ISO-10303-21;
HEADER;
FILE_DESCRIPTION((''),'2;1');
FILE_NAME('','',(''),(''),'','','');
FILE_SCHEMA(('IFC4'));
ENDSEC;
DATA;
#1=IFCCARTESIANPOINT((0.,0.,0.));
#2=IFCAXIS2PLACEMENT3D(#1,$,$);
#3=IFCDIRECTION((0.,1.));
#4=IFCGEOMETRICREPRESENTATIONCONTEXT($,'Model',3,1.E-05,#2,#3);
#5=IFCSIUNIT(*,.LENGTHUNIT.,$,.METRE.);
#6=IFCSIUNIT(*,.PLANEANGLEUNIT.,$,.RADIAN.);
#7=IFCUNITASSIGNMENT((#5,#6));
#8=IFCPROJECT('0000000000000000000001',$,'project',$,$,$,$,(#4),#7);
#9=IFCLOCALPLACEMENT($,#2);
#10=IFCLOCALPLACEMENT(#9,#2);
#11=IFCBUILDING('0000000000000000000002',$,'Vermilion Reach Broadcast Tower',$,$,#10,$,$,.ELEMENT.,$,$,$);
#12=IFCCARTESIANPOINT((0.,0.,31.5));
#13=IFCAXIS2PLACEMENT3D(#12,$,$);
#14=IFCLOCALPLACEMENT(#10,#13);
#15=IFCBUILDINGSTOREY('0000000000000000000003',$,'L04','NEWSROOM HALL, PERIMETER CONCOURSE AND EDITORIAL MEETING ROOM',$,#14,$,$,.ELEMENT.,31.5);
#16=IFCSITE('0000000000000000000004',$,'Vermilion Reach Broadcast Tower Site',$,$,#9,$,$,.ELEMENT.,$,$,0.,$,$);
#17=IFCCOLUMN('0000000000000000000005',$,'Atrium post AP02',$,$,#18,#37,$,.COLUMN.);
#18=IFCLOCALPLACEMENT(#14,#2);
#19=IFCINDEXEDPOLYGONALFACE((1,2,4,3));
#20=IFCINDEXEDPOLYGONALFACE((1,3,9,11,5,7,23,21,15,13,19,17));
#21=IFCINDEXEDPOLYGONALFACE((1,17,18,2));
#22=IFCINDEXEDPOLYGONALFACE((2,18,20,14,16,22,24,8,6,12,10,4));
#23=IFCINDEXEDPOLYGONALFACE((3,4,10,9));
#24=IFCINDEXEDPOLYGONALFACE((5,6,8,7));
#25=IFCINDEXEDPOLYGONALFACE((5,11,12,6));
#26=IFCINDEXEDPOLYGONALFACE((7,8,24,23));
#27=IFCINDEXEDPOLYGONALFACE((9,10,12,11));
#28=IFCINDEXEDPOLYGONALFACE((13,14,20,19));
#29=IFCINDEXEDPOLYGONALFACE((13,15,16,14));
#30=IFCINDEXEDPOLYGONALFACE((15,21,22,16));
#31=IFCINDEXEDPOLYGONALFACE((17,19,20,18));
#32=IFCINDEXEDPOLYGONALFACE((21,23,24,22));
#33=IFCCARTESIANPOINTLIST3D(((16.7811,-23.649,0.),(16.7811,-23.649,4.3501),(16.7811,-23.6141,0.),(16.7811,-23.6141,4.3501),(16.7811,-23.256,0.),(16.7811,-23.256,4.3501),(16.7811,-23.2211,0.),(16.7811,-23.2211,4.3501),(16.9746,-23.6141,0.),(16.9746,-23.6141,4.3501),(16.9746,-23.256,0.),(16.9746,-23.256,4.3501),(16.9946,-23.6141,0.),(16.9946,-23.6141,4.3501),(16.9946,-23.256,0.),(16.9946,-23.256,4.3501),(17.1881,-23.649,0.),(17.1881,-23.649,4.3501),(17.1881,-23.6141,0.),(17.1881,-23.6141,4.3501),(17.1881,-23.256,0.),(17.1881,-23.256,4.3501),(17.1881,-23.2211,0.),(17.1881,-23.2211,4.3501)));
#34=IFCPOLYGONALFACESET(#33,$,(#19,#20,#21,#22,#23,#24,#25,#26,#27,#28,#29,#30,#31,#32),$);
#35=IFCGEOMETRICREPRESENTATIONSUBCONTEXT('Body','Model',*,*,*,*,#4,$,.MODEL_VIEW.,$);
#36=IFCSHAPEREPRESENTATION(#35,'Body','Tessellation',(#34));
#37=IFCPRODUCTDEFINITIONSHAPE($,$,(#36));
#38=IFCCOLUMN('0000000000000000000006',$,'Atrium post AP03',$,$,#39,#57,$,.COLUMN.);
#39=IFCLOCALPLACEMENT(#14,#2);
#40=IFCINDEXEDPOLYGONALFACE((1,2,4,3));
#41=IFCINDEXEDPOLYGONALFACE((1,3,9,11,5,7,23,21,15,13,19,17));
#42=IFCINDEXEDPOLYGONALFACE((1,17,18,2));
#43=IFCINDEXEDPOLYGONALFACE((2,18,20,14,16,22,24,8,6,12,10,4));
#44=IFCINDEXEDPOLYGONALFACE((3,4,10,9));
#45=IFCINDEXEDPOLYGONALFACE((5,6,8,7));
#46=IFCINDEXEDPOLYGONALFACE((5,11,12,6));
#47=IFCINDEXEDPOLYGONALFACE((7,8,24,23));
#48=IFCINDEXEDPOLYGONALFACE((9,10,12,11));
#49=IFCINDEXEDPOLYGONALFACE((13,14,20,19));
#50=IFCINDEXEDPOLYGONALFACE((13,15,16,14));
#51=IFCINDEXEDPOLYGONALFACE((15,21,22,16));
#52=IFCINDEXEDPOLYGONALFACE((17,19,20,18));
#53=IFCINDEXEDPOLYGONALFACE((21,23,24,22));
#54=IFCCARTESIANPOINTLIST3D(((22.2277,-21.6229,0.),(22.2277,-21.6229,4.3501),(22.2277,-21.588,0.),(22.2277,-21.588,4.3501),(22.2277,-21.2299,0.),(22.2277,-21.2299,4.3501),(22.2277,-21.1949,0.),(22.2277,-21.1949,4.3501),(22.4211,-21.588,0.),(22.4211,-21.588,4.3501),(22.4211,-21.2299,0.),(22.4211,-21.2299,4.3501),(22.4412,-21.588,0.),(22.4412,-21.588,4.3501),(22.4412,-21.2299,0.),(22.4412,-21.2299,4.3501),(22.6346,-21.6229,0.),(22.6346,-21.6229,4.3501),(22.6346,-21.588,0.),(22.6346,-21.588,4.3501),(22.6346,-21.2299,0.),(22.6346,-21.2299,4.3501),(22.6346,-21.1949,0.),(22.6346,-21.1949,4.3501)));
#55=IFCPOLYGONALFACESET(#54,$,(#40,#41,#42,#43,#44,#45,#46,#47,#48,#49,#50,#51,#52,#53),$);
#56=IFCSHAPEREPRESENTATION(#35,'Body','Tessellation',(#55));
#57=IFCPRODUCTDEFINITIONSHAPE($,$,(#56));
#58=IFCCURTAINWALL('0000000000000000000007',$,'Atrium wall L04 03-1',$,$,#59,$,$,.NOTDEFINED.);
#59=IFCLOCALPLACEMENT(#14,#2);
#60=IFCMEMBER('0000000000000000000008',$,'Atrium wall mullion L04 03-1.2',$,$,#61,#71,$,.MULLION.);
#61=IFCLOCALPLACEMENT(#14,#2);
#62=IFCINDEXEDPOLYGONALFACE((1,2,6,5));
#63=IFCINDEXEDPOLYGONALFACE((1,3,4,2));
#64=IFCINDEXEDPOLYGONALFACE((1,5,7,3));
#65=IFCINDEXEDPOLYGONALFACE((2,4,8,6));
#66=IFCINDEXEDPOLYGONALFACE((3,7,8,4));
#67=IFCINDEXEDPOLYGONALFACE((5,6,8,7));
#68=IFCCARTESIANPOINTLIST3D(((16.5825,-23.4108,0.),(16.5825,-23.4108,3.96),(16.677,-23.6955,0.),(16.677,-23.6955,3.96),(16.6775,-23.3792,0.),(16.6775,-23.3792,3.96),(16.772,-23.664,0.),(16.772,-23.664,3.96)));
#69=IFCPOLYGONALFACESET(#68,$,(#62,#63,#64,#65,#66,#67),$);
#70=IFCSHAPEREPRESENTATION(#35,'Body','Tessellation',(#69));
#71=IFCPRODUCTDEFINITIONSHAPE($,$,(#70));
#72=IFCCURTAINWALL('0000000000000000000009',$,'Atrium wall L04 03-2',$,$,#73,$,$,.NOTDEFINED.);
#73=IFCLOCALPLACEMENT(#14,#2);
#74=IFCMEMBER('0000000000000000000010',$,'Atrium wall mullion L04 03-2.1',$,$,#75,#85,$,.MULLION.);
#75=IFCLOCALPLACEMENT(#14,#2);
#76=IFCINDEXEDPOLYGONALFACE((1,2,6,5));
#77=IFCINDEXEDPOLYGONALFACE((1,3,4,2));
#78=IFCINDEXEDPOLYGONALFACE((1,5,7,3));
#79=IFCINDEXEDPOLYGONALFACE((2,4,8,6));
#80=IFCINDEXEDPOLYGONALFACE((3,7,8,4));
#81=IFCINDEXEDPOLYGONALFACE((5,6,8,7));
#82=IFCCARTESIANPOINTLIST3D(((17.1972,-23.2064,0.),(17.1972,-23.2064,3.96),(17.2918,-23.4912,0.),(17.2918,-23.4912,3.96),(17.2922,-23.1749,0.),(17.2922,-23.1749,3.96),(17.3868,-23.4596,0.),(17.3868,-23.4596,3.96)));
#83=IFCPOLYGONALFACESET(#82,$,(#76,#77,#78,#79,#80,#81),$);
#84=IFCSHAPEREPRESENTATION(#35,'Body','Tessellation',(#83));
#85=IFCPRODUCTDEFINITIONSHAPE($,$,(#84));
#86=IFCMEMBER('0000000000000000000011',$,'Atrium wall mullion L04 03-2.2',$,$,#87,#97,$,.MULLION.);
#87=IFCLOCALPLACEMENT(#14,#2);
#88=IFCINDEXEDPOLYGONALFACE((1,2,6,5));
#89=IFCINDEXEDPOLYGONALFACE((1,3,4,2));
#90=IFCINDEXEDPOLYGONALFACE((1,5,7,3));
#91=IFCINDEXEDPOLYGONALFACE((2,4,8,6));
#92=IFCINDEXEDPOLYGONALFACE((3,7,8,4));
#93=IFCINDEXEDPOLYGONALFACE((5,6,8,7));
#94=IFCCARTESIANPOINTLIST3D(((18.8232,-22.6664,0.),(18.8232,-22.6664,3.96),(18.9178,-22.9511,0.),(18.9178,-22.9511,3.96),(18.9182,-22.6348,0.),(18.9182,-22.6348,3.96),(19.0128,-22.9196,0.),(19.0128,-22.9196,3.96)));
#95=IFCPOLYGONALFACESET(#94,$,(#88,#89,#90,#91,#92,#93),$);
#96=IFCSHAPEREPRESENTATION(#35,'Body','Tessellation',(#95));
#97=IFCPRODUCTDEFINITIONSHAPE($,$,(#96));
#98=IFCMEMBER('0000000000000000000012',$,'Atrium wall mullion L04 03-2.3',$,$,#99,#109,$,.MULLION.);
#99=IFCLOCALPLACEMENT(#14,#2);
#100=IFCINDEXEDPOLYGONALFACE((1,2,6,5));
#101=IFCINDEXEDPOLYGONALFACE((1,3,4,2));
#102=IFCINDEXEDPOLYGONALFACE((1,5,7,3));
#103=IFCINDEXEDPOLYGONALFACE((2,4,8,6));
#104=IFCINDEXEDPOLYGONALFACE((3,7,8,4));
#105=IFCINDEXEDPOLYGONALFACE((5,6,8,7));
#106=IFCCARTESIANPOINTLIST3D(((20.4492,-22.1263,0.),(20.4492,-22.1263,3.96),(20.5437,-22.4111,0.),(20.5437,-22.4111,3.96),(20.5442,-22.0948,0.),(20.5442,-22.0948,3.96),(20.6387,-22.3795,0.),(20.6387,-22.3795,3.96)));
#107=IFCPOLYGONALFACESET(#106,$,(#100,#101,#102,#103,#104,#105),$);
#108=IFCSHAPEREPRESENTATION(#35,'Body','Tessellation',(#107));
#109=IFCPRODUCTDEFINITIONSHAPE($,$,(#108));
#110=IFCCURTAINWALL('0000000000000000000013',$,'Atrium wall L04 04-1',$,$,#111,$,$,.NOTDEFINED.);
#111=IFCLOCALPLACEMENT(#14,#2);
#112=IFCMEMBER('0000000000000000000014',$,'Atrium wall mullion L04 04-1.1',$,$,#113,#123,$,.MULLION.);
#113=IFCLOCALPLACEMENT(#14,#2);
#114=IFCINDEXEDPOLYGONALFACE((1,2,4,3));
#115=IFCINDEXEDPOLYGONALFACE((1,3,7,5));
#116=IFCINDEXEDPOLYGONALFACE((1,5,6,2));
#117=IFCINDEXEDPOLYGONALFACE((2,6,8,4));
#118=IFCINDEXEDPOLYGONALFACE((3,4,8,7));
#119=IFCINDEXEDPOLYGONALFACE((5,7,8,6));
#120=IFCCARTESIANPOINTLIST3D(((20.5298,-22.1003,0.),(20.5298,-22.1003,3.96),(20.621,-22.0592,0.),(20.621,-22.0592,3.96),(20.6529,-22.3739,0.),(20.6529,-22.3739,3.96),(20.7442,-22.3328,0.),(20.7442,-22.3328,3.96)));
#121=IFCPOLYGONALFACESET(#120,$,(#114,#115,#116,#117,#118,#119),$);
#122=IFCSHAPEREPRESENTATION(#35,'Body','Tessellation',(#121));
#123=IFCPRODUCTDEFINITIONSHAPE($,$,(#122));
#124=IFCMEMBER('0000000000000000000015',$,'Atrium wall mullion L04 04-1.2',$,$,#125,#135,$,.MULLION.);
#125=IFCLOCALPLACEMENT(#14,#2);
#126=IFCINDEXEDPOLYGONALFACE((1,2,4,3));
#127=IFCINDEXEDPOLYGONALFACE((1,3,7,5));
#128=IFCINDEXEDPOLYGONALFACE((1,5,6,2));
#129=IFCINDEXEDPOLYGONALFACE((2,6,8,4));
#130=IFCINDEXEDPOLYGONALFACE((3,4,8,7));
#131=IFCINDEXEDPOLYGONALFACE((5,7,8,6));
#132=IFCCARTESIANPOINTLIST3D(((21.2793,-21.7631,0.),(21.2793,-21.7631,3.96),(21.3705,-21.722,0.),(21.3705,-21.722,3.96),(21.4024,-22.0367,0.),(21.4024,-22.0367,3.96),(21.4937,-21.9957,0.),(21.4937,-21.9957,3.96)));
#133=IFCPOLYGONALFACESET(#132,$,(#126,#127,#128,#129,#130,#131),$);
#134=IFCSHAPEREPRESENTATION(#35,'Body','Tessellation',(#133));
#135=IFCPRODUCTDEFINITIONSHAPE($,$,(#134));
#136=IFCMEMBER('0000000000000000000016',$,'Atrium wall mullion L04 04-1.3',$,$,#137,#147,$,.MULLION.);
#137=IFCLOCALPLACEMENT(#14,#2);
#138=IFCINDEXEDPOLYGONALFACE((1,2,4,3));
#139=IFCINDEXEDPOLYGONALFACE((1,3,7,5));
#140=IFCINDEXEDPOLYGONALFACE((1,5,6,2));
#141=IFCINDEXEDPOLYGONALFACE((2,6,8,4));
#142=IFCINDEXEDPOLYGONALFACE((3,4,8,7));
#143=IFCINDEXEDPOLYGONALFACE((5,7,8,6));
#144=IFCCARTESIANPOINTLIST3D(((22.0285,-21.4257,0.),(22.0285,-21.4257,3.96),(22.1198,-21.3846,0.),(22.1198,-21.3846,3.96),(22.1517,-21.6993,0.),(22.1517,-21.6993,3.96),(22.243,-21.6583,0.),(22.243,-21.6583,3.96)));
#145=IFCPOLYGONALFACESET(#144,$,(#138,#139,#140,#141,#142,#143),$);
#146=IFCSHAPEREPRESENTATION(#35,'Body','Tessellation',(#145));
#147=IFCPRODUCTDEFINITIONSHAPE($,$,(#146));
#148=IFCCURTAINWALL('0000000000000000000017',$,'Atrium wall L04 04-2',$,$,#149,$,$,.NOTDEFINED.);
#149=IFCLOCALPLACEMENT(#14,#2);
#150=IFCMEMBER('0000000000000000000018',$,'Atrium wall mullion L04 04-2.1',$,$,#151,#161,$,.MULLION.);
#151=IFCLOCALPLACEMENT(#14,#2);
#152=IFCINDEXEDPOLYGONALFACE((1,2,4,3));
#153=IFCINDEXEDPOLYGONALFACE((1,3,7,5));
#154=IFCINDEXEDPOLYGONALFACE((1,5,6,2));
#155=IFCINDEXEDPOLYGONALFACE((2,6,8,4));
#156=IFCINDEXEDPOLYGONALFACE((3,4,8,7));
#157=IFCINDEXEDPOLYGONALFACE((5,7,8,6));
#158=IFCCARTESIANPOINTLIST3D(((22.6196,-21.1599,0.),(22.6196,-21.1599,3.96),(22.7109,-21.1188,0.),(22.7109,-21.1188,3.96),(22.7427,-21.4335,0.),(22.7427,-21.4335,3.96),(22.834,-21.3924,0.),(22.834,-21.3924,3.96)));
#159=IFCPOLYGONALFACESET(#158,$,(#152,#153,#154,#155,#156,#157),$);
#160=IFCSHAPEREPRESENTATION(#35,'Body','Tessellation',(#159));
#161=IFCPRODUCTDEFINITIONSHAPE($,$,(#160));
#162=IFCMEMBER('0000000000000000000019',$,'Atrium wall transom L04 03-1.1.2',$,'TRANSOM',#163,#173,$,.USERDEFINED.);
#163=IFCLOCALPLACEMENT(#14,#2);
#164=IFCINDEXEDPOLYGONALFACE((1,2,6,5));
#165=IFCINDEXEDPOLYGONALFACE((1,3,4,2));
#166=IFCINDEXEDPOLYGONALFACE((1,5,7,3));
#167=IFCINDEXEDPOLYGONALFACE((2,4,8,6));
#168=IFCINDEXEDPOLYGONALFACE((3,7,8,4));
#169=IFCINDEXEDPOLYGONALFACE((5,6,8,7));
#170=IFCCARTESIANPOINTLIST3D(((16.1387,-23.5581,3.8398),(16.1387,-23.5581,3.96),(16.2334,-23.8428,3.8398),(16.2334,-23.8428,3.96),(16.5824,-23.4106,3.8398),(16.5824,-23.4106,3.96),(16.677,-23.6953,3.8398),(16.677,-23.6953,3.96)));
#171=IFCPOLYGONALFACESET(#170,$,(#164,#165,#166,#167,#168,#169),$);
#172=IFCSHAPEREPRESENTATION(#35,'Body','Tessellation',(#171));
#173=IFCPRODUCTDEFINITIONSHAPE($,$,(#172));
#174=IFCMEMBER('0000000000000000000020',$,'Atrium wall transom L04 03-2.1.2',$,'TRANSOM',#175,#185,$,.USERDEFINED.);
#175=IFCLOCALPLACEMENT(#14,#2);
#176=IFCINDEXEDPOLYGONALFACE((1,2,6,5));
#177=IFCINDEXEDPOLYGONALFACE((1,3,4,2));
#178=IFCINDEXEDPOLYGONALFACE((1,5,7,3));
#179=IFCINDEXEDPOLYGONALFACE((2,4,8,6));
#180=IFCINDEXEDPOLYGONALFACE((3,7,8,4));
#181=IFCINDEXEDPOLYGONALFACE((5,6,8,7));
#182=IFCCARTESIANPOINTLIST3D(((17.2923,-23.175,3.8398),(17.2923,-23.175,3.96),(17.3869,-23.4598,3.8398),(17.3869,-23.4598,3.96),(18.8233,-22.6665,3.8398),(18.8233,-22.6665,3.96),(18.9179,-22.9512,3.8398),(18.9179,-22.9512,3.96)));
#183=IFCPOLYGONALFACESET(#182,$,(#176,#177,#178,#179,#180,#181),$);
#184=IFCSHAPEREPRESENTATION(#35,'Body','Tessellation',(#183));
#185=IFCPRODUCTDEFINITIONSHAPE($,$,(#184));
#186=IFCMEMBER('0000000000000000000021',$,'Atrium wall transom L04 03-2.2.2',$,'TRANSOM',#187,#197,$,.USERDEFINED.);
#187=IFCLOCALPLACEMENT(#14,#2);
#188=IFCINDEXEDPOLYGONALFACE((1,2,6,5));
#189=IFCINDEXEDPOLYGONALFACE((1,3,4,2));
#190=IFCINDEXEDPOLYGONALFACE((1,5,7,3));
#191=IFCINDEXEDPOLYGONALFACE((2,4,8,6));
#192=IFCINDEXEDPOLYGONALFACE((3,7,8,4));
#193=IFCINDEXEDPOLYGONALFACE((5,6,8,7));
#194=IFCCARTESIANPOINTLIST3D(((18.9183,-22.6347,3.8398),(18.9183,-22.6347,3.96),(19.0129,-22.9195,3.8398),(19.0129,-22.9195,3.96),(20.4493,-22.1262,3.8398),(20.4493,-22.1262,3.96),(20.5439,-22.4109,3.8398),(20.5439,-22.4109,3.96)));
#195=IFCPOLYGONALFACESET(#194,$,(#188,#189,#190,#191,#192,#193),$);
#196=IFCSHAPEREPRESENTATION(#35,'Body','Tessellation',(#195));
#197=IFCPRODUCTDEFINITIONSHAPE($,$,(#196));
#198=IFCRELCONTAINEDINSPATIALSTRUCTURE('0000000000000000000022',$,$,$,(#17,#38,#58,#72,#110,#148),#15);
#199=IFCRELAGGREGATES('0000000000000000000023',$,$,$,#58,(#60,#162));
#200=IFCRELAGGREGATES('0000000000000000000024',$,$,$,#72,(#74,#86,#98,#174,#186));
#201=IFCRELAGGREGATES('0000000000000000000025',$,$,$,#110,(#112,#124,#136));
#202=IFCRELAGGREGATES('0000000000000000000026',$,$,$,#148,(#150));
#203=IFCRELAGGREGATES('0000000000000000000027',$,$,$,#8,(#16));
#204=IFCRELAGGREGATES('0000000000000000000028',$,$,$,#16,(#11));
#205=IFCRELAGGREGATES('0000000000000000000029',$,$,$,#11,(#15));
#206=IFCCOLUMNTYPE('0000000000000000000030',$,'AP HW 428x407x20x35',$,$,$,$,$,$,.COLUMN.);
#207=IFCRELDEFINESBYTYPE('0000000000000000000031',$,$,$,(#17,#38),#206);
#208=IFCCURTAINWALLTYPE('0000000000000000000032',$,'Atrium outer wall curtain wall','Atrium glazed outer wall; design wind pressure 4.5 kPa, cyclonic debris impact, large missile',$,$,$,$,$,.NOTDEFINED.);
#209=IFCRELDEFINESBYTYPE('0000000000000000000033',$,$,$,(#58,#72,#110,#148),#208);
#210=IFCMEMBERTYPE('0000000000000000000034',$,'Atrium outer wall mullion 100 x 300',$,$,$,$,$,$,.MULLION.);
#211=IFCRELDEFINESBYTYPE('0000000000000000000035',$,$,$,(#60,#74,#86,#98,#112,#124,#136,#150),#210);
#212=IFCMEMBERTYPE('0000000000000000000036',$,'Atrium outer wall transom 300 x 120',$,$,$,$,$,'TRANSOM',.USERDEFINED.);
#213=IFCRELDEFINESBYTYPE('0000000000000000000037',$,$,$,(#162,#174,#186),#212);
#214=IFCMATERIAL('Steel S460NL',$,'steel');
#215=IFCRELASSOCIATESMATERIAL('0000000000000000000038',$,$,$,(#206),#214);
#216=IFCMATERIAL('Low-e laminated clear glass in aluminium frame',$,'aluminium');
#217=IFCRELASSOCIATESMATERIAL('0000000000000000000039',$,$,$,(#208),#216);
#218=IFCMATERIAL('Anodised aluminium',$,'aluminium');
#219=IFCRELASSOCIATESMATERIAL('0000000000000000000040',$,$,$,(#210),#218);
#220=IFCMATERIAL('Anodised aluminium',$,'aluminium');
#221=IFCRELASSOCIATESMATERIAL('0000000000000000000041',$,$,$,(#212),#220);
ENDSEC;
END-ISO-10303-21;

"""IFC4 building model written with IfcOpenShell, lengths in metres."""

from ifc_helpers import new_model, si_unit, direction, frame, origin, origin_2d, place, context, subcontext, project, spatial, rectangle, i_section, extrude, material, material_profile, profile_set, type_object, element, aggregate, save


model = new_model("IFC4")

# Units and contexts
model_context = context("Model", 3, precision=1e-05, world=origin(), true_north=direction((0.0, 1.0)))
body_context = subcontext(model_context, "Body", "Model", "MODEL_VIEW")
ifc_project = project(units=[si_unit("LENGTHUNIT", "METRE"), si_unit("PLANEANGLEUNIT", "RADIAN")], contexts=[model_context])

# Site, building, storey
site_placement = place(None, origin())
site = spatial("IfcSite", under=ifc_project, at=site_placement, Name="Vermilion Reach Broadcast Tower Site", CompositionType="ELEMENT", RefElevation=0.0)
building_placement = place(site_placement, origin())
building = spatial("IfcBuilding", under=site, at=building_placement, Name="Vermilion Reach Broadcast Tower", CompositionType="ELEMENT")
storey_placement = place(building_placement, frame((0.0, 0.0, 31.5)))
storey = spatial("IfcBuildingStorey", under=building, at=storey_placement, Name="L04", Description="NEWSROOM HALL, PERIMETER CONCOURSE AND EDITORIAL MEETING ROOM", CompositionType="ELEMENT", Elevation=31.5)

# Columns
ifc_material_1 = material(Name="Steel S460NL", Category="steel")
ifc_material_profile_1 = material_profile(ifc_material_1, i_section(OverallWidth=0.407, OverallDepth=0.428, WebThickness=0.02, FlangeThickness=0.0349, at=origin_2d()), Name="S460NL HW 428x407x20x35")
ifc_profile_set_1 = profile_set([ifc_material_profile_1], Name="Steel S460NL")
column_type = type_object("IfcColumnType", Name="AP HW 428x407x20x35", PredefinedType="COLUMN", material=ifc_profile_set_1)
for number, where, z_axis, x_axis, name in (
    (1, (16.9846, -23.4351, 0.0), (0.0, 0.0, 1.0), (1.0, 0.0, 0.0), "Atrium post AP02"),
    (2, (22.4312, -21.4089, 0.0), (0.0, 0.0, 1.0), (1.0, 0.0, 0.0), "Atrium post AP03"),
):
    element("IfcColumn", number, at=place(storey_placement, frame(where, z_axis=z_axis, x_axis=x_axis)), inside=storey, type_object=column_type, Name=name, PredefinedType="COLUMN", context=body_context, shape_type="SweptSolid", body=[
        extrude(i_section(OverallWidth=0.407, OverallDepth=0.428, WebThickness=0.02, FlangeThickness=0.0349, at=origin_2d()), origin(), (0.0, 0.0, 1.0), 4.3501),
    ])

# Curtain wall, member
ifc_material_2 = material(Name="Low-e laminated clear glass in aluminium frame", Category="aluminium")
curtain_wall_type_1 = type_object("IfcCurtainWallType", Name="Atrium outer wall curtain wall", Description="Atrium glazed outer wall; design wind pressure 4.5 kPa, cyclonic debris impact, large missile", PredefinedType="NOTDEFINED", material=ifc_material_2)
placement = place(storey_placement, origin())
curtain_wall_1 = element("IfcCurtainWall", 3, at=placement, inside=storey, type_object=curtain_wall_type_1, Name="Atrium wall L04 03-1", PredefinedType="NOTDEFINED")
ifc_material_3 = material(Name="Anodised aluminium", Category="aluminium")
ifc_material_profile_2 = material_profile(ifc_material_3, rectangle(XDim=0.3, YDim=0.1001, at=origin_2d()), Name="Atrium outer wall mullion 100 x 300")
ifc_profile_set_2 = profile_set([ifc_material_profile_2], Name="Anodised aluminium")
member_type_1 = type_object("IfcMemberType", Name="Atrium outer wall mullion 100 x 300", PredefinedType="MULLION", material=ifc_profile_set_2)
member_1_placement = place(storey_placement, frame((16.6772, -23.5374, 0.0), z_axis=(0.0, 0.0, 1.0), x_axis=(-0.315228, 0.949016, 0.0)))
member_1 = element("IfcMember", 4, at=member_1_placement, type_object=member_type_1, Name="Atrium wall mullion L04 03-1.2", PredefinedType="MULLION", context=body_context, shape_type="SweptSolid", body=[
    extrude(rectangle(XDim=0.3, YDim=0.1001, at=origin_2d()), origin(), (0.0, 0.0, 1.0), 3.96),
])

# Curtain walls, members
curtain_wall_2 = element("IfcCurtainWall", 5, at=placement, inside=storey, type_object=curtain_wall_type_1, Name="Atrium wall L04 03-2", PredefinedType="NOTDEFINED")
member_2_placement = place(storey_placement, frame((17.292, -23.333, 0.0), z_axis=(0.0, 0.0, 1.0), x_axis=(-0.315228, 0.949016, 0.0)))
member_2 = element("IfcMember", 6, at=member_2_placement, type_object=member_type_1, Name="Atrium wall mullion L04 03-2.1", PredefinedType="MULLION", context=body_context, shape_type="SweptSolid", body=[
    extrude(rectangle(XDim=0.3, YDim=0.1001, at=origin_2d()), origin(), (0.0, 0.0, 1.0), 3.96),
])
member_3_placement = place(storey_placement, frame((18.918, -22.793, 0.0), z_axis=(0.0, 0.0, 1.0), x_axis=(-0.315228, 0.949016, 0.0)))
member_3 = element("IfcMember", 7, at=member_3_placement, type_object=member_type_1, Name="Atrium wall mullion L04 03-2.2", PredefinedType="MULLION", context=body_context, shape_type="SweptSolid", body=[
    extrude(rectangle(XDim=0.3, YDim=0.1001, at=origin_2d()), origin(), (0.0, 0.0, 1.0), 3.96),
])
member_4_placement = place(storey_placement, frame((20.5439, -22.2529, 0.0), z_axis=(0.0, 0.0, 1.0), x_axis=(-0.315228, 0.949016, 0.0)))
member_4 = element("IfcMember", 8, at=member_4_placement, type_object=member_type_1, Name="Atrium wall mullion L04 03-2.3", PredefinedType="MULLION", context=body_context, shape_type="SweptSolid", body=[
    extrude(rectangle(XDim=0.3, YDim=0.1001, at=origin_2d()), origin(), (0.0, 0.0, 1.0), 3.96),
])
curtain_wall_3 = element("IfcCurtainWall", 9, at=placement, inside=storey, type_object=curtain_wall_type_1, Name="Atrium wall L04 04-1", PredefinedType="NOTDEFINED")
member_5_placement = place(storey_placement, frame((20.637, -22.2166, 0.0), z_axis=(0.0, 0.0, 1.0), x_axis=(-0.410408, 0.911902, 0.0)))
member_5 = element("IfcMember", 10, at=member_5_placement, type_object=member_type_1, Name="Atrium wall mullion L04 04-1.1", PredefinedType="MULLION", context=body_context, shape_type="SweptSolid", body=[
    extrude(rectangle(XDim=0.3, YDim=0.1001, at=origin_2d()), origin(), (0.0, 0.0, 1.0), 3.96),
])
member_6_placement = place(storey_placement, frame((21.3865, -21.8794, 0.0), z_axis=(0.0, 0.0, 1.0), x_axis=(-0.410408, 0.911902, 0.0)))
member_6 = element("IfcMember", 11, at=member_6_placement, type_object=member_type_1, Name="Atrium wall mullion L04 04-1.2", PredefinedType="MULLION", context=body_context, shape_type="SweptSolid", body=[
    extrude(rectangle(XDim=0.3, YDim=0.1001, at=origin_2d()), origin(), (0.0, 0.0, 1.0), 3.96),
])
member_7_placement = place(storey_placement, frame((22.1357, -21.542, 0.0), z_axis=(0.0, 0.0, 1.0), x_axis=(-0.410408, 0.911902, 0.0)))
member_7 = element("IfcMember", 12, at=member_7_placement, type_object=member_type_1, Name="Atrium wall mullion L04 04-1.3", PredefinedType="MULLION", context=body_context, shape_type="SweptSolid", body=[
    extrude(rectangle(XDim=0.3, YDim=0.1001, at=origin_2d()), origin(), (0.0, 0.0, 1.0), 3.96),
])

# Curtain wall, member
curtain_wall_4 = element("IfcCurtainWall", 13, at=placement, inside=storey, type_object=curtain_wall_type_1, Name="Atrium wall L04 04-2", PredefinedType="NOTDEFINED")
member_8_placement = place(storey_placement, frame((22.7268, -21.2761, 0.0), z_axis=(0.0, 0.0, 1.0), x_axis=(-0.410408, 0.911902, 0.0)))
member_8 = element("IfcMember", 14, at=member_8_placement, type_object=member_type_1, Name="Atrium wall mullion L04 04-2.1", PredefinedType="MULLION", context=body_context, shape_type="SweptSolid", body=[
    extrude(rectangle(XDim=0.3, YDim=0.1001, at=origin_2d()), origin(), (0.0, 0.0, 1.0), 3.96),
])

# Members
ifc_material_4 = material(Name="Anodised aluminium", Category="aluminium")
ifc_material_profile_3 = material_profile(ifc_material_4, rectangle(XDim=0.3, YDim=0.1201, at=origin_2d()), Name="Atrium outer wall transom 300 x 120")
ifc_profile_set_3 = profile_set([ifc_material_profile_3], Name="Anodised aluminium")
member_type_2 = type_object("IfcMemberType", Name="Atrium outer wall transom 300 x 120", ElementType="TRANSOM", PredefinedType="USERDEFINED", material=ifc_profile_set_3)
member_9_placement = place(storey_placement, frame((16.186, -23.7004, 3.8999), z_axis=(0.948944, 0.315444, 0.0), x_axis=(-0.315444, 0.948944, 0.0)))
member_9 = element("IfcMember", 15, at=member_9_placement, type_object=member_type_2, Name="Atrium wall transom L04 03-1.1.2", ObjectType="TRANSOM", PredefinedType="USERDEFINED", context=body_context, shape_type="SweptSolid", body=[
    extrude(rectangle(XDim=0.3, YDim=0.1201, at=origin_2d()), origin(), (0.0, 0.0, 1.0), 0.4675),
])
member_10_placement = place(storey_placement, frame((17.3396, -23.3174, 3.8999), z_axis=(0.949016, 0.315229, 0.0), x_axis=(-0.315229, 0.949016, 0.0)))
member_10 = element("IfcMember", 16, at=member_10_placement, type_object=member_type_2, Name="Atrium wall transom L04 03-2.1.2", ObjectType="TRANSOM", PredefinedType="USERDEFINED", context=body_context, shape_type="SweptSolid", body=[
    extrude(rectangle(XDim=0.3, YDim=0.1201, at=origin_2d()), origin(), (0.0, 0.0, 1.0), 1.6133),
])
member_11_placement = place(storey_placement, frame((18.9656, -22.7771, 3.8999), z_axis=(0.949016, 0.315229, 0.0), x_axis=(-0.315229, 0.949016, 0.0)))
member_11 = element("IfcMember", 17, at=member_11_placement, type_object=member_type_2, Name="Atrium wall transom L04 03-2.2.2", ObjectType="TRANSOM", PredefinedType="USERDEFINED", context=body_context, shape_type="SweptSolid", body=[
    extrude(rectangle(XDim=0.3, YDim=0.1201, at=origin_2d()), origin(), (0.0, 0.0, 1.0), 1.6133),
])

aggregate(curtain_wall_1, [member_1, member_9])
aggregate(curtain_wall_2, [member_2, member_3, member_4, member_10, member_11])
aggregate(curtain_wall_3, [member_5, member_6, member_7])
aggregate(curtain_wall_4, [member_8])

save(model, "model.ifc")
